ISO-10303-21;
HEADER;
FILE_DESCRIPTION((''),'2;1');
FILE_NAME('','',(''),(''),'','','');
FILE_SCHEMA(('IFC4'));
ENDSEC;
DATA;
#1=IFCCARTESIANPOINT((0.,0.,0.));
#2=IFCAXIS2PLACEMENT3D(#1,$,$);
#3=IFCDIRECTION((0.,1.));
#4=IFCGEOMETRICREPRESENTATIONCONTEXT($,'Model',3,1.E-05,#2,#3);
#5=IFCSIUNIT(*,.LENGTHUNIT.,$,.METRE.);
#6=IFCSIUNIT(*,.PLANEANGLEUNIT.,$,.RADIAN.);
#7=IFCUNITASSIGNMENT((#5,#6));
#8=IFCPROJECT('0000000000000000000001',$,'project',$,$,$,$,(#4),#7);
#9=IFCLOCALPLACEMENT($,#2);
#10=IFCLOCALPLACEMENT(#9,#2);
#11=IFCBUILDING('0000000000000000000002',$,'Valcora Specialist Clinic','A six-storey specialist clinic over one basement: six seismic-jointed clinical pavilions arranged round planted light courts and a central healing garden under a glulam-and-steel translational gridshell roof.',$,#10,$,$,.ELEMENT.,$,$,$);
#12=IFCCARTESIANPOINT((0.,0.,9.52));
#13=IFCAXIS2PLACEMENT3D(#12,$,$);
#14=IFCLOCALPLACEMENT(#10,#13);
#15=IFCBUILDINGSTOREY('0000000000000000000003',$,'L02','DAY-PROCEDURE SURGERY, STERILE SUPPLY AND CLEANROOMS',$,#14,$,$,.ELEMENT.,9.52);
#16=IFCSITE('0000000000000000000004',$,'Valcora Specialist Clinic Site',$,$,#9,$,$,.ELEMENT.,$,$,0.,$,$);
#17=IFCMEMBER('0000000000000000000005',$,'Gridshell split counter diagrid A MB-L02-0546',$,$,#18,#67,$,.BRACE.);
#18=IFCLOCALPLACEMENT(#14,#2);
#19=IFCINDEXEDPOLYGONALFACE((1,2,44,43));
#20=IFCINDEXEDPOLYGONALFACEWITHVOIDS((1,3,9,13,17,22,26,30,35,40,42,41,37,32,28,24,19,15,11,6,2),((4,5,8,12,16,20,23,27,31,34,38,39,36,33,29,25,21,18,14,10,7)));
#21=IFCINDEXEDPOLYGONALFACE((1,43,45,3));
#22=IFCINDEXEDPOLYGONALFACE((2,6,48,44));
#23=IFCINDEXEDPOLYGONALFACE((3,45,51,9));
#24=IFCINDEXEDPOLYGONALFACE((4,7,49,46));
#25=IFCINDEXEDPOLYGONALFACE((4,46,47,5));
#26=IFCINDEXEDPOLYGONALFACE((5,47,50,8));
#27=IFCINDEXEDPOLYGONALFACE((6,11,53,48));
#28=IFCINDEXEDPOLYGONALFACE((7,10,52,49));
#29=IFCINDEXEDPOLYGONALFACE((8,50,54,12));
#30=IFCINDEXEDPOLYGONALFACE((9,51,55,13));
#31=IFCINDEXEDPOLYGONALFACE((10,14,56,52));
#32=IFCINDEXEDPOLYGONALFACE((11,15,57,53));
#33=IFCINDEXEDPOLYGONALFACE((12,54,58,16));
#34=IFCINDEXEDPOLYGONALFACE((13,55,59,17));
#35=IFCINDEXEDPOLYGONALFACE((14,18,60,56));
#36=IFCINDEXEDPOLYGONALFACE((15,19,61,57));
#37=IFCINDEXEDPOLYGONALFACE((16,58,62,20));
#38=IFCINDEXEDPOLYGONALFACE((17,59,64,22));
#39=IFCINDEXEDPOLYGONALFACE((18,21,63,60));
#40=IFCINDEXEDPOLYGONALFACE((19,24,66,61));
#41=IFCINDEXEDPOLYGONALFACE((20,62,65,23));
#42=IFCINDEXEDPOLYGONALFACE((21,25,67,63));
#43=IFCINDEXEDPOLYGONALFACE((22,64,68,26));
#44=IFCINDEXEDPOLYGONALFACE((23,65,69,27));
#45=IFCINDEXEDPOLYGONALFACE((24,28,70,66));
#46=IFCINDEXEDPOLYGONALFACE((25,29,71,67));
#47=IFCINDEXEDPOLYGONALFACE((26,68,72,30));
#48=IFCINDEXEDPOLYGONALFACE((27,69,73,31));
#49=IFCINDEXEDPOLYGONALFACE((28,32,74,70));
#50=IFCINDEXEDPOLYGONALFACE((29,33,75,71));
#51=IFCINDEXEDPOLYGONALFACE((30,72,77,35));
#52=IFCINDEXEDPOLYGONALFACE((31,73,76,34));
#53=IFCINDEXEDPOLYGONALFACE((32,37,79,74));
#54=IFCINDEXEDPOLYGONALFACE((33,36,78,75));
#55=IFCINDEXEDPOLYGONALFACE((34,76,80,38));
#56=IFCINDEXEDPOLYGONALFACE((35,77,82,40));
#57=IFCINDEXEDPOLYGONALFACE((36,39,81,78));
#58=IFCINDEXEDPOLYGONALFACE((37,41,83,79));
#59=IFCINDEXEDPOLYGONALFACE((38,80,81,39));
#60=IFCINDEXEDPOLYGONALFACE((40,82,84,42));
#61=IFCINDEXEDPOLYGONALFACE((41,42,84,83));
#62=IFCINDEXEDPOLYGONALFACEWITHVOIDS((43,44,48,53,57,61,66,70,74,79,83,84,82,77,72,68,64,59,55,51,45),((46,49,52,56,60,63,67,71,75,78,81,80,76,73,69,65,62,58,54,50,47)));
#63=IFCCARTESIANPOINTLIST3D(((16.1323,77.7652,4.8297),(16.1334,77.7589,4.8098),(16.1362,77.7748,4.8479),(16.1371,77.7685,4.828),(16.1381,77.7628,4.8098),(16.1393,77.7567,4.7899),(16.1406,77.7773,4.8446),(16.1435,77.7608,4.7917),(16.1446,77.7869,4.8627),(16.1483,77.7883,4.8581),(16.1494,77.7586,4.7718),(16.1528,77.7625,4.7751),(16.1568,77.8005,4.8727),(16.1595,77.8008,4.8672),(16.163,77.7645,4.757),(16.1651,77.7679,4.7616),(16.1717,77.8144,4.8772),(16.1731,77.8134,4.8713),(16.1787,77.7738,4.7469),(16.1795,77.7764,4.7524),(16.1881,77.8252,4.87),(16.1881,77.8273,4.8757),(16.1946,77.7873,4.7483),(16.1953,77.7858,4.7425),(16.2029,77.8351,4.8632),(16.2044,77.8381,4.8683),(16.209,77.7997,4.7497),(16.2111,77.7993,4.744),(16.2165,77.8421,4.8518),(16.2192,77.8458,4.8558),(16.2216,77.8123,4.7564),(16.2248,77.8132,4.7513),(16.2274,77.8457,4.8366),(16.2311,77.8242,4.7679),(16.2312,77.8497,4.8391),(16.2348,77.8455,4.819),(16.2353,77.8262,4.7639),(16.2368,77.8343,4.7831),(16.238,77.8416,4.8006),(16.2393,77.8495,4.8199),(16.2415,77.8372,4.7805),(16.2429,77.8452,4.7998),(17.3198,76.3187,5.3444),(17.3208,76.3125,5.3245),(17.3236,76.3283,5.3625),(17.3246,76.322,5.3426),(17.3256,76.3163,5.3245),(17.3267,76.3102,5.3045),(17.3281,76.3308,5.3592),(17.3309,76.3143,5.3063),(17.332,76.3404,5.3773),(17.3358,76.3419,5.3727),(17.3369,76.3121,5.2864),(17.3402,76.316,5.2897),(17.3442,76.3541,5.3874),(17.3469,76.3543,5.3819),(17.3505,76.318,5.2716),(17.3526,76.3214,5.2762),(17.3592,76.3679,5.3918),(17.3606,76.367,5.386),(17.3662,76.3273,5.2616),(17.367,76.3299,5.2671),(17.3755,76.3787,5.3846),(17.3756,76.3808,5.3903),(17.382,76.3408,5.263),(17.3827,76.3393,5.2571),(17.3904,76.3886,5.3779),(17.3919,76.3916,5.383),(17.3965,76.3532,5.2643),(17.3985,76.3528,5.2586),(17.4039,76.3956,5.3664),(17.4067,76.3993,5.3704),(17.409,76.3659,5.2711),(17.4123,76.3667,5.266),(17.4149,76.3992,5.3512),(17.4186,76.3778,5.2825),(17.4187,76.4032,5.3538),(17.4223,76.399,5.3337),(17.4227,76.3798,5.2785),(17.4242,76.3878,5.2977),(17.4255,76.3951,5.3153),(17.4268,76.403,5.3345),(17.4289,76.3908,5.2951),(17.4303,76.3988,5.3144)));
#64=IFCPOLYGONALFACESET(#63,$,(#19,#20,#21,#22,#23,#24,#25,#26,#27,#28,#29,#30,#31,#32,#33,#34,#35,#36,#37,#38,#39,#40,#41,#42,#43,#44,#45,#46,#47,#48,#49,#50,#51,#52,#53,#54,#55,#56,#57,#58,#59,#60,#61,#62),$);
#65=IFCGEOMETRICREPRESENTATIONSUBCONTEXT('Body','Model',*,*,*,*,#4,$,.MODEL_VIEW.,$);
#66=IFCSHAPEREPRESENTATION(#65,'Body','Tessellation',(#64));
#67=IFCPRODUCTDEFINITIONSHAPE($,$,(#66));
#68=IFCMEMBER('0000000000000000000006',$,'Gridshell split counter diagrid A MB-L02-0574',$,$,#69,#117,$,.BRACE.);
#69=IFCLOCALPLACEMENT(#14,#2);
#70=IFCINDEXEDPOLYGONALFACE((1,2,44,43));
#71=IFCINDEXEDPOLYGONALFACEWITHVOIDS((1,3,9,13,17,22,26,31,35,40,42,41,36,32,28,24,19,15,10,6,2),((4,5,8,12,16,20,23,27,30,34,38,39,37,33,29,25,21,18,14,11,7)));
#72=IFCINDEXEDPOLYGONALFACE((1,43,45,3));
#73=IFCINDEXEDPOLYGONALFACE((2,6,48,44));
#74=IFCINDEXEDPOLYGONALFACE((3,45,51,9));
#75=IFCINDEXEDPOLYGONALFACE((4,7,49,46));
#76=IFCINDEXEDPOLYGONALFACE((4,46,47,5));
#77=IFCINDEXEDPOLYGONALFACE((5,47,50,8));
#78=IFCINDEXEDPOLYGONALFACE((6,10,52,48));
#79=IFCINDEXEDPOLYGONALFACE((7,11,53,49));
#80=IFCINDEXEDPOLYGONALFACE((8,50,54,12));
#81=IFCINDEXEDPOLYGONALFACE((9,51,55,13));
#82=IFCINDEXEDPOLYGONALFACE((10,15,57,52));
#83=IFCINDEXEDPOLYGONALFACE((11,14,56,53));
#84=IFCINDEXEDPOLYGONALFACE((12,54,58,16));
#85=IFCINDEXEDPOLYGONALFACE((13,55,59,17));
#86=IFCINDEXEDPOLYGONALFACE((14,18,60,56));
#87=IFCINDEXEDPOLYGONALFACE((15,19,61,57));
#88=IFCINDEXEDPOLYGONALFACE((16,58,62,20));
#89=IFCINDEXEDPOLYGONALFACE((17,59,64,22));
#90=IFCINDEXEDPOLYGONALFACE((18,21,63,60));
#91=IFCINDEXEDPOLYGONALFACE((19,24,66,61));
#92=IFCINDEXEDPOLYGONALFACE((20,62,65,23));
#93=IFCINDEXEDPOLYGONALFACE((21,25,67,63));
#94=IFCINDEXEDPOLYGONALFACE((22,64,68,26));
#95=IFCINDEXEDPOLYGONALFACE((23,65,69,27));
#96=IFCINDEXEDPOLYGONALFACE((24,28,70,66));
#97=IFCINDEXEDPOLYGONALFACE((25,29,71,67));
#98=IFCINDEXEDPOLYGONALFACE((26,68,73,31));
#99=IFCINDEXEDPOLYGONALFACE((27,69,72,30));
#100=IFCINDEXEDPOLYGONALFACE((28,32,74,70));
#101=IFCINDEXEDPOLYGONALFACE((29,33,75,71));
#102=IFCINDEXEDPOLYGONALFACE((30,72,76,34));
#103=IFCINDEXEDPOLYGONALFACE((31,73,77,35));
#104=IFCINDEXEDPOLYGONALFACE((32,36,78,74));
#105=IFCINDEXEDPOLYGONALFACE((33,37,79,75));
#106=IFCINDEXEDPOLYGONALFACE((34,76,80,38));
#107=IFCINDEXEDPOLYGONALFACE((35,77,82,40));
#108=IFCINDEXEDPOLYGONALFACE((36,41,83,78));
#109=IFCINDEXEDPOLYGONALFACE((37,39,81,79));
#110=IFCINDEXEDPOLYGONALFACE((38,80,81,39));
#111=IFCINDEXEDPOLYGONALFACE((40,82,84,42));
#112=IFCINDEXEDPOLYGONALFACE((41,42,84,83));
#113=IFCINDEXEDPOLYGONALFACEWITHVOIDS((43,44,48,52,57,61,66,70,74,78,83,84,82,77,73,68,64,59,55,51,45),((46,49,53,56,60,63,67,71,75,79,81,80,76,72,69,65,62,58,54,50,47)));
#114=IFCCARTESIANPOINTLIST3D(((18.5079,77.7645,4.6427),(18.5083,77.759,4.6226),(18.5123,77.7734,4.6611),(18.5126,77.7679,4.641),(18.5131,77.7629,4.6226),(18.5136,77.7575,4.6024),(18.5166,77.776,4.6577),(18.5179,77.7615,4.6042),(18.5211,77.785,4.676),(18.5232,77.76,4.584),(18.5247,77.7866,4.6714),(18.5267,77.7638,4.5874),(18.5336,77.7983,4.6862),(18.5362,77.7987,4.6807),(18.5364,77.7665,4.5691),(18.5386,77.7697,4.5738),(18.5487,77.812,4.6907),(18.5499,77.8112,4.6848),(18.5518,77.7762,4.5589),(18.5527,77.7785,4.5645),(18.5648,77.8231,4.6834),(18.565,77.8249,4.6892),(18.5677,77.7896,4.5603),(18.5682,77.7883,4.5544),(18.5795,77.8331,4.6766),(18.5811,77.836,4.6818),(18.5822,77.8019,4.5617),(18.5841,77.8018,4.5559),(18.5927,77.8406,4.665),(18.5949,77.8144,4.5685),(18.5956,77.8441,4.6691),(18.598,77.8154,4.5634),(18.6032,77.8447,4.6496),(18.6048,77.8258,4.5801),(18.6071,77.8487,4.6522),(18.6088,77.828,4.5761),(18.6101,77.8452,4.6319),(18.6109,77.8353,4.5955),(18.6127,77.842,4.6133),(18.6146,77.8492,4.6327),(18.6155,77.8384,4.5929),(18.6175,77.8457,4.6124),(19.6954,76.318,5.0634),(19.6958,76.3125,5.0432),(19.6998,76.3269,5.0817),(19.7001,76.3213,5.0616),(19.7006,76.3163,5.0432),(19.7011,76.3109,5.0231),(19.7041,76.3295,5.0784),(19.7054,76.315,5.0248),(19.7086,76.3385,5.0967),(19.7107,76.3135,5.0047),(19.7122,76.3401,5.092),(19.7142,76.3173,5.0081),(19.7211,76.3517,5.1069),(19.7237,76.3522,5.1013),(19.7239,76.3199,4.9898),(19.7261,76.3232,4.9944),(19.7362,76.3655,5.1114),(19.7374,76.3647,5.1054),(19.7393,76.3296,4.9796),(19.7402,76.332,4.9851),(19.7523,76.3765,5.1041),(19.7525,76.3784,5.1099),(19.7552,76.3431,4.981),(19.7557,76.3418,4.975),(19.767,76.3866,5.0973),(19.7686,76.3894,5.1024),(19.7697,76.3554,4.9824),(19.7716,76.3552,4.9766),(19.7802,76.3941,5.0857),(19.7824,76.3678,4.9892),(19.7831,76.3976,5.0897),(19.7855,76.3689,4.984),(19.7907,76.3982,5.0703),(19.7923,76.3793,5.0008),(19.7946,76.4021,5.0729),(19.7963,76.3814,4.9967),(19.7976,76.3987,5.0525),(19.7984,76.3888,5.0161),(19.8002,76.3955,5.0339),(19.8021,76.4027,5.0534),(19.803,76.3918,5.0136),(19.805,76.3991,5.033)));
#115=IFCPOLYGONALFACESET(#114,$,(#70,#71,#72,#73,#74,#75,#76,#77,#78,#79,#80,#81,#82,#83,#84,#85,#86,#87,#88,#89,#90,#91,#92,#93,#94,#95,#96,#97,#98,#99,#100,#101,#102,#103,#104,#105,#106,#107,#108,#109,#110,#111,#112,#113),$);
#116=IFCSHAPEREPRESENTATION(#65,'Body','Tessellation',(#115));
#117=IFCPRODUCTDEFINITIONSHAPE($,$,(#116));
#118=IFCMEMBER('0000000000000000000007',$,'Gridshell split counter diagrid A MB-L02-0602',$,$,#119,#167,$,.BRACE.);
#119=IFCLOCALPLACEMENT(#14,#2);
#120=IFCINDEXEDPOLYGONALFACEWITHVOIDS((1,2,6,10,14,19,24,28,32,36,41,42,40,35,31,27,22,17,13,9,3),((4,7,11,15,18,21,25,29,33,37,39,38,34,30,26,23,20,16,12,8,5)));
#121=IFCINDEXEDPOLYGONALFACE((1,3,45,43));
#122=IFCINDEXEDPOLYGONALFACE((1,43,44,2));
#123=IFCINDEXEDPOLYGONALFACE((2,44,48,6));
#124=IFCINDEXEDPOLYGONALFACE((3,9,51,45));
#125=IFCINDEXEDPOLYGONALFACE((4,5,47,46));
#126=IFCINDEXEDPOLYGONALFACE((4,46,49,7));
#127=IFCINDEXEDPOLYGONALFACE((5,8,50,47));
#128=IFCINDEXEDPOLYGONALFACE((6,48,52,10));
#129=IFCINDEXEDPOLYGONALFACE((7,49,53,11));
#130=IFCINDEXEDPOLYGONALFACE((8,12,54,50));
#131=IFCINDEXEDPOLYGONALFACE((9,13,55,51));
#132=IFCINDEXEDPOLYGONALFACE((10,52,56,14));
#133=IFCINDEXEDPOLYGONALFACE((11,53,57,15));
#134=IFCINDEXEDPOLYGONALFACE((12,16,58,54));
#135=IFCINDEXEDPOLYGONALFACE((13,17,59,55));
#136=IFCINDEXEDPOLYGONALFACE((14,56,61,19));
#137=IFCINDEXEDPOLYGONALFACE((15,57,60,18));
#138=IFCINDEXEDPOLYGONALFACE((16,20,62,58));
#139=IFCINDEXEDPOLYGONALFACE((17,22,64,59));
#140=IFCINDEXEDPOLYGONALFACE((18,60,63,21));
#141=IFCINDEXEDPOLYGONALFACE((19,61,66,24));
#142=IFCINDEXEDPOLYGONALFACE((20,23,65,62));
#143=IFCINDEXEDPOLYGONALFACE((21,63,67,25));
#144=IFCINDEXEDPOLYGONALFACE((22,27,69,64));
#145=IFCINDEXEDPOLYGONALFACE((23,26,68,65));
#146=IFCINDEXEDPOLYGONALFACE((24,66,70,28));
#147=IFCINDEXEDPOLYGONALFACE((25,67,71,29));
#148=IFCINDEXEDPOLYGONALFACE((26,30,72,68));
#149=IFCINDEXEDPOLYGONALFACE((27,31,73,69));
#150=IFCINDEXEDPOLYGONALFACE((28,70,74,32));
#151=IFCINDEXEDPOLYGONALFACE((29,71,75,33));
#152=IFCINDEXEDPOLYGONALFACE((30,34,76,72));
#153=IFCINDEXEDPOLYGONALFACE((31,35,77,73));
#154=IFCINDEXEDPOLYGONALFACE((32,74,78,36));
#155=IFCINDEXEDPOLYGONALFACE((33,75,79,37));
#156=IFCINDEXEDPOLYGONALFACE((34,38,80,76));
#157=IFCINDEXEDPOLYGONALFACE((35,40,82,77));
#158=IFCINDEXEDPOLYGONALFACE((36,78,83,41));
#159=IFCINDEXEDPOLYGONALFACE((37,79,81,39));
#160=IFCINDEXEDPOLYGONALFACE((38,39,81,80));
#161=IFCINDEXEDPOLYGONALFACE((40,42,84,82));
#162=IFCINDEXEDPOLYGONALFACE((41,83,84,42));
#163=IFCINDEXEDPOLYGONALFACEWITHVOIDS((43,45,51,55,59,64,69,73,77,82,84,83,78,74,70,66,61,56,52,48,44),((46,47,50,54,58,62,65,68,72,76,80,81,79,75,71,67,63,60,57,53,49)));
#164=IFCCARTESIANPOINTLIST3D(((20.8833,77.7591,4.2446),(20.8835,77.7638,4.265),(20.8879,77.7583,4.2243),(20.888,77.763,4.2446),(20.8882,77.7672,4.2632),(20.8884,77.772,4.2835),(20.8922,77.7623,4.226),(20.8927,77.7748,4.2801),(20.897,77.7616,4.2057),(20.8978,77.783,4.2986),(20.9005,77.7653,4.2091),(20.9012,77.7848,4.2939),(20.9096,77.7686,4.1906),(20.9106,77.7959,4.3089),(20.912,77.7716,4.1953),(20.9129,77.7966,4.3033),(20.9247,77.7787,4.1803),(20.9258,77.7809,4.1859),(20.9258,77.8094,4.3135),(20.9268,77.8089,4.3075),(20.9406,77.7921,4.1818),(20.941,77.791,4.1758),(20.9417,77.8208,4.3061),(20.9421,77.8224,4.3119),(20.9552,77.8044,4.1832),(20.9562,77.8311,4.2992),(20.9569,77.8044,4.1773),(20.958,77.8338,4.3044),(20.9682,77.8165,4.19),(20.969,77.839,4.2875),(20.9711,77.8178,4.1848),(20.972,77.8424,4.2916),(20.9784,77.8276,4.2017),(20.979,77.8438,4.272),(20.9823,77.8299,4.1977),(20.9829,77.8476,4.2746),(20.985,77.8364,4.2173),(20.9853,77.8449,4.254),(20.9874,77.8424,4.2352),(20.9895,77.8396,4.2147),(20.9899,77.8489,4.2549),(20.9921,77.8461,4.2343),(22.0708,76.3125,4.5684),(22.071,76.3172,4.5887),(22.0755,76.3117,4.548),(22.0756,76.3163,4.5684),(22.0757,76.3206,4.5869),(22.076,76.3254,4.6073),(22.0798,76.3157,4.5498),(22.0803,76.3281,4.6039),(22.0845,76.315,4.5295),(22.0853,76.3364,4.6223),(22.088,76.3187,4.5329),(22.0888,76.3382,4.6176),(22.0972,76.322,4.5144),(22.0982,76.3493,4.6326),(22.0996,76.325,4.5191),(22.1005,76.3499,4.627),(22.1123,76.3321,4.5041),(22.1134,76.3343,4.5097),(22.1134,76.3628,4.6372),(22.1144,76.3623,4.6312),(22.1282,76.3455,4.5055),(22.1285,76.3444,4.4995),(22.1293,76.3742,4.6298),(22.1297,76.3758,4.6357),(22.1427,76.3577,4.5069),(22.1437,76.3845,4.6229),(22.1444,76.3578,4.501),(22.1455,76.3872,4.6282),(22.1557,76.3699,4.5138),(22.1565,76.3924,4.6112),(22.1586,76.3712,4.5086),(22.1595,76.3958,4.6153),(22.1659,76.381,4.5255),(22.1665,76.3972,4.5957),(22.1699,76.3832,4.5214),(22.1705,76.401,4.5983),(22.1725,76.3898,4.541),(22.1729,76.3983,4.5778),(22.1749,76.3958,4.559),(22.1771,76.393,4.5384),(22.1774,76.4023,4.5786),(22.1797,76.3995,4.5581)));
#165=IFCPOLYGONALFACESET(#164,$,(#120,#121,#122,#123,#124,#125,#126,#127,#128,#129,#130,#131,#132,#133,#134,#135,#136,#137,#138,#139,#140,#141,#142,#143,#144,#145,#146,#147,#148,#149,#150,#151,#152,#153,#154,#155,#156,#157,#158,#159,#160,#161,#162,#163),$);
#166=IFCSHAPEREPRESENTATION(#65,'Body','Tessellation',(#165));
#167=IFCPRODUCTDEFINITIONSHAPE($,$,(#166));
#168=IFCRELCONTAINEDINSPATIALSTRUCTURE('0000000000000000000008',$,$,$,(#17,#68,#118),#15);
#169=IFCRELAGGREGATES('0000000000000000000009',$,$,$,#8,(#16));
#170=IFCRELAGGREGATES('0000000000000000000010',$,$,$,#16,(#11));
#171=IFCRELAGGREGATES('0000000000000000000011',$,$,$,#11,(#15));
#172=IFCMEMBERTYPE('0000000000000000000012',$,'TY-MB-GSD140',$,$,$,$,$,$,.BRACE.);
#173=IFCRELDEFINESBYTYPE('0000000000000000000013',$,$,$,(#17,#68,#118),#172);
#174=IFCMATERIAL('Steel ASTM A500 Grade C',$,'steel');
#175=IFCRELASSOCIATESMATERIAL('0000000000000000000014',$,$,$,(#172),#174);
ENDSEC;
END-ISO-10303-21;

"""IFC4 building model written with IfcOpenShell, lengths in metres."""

from ifc_helpers import new_model, si_unit, direction, frame, origin, origin_2d, place, context, subcontext, project, spatial, hollow_circle, extrude, material, material_profile, profile_set, type_object, element, save


model = new_model("IFC4")

# Units and contexts
model_context = context("Model", 3, precision=1e-05, world=origin(), true_north=direction((0.0, 1.0)))
body_context = subcontext(model_context, "Body", "Model", "MODEL_VIEW")
ifc_project = project(units=[si_unit("LENGTHUNIT", "METRE"), si_unit("PLANEANGLEUNIT", "RADIAN")], contexts=[model_context])

# Site, building, storey
site_placement = place(None, origin())
site = spatial("IfcSite", under=ifc_project, at=site_placement, Name="Valcora Specialist Clinic Site", CompositionType="ELEMENT", RefElevation=0.0)
building_placement = place(site_placement, origin())
building = spatial("IfcBuilding", under=site, at=building_placement, Name="Valcora Specialist Clinic", Description="A six-storey specialist clinic over one basement: six seismic-jointed clinical pavilions arranged round planted light courts and a central healing garden under a glulam-and-steel translational gridshell roof.", CompositionType="ELEMENT")
storey_placement = place(building_placement, frame((0.0, 0.0, 9.52)))
storey = spatial("IfcBuildingStorey", under=building, at=storey_placement, Name="L02", Description="DAY-PROCEDURE SURGERY, STERILE SUPPLY AND CLEANROOMS", CompositionType="ELEMENT", Elevation=9.52)

# Members
ifc_material_1 = material(Name="Steel ASTM A500 Grade C", Category="steel")
ifc_material_profile_1 = material_profile(ifc_material_1, hollow_circle(Radius=0.0701, WallThickness=0.0061, at=origin_2d()), Name="ST-CHS-140X6")
ifc_profile_set_1 = profile_set([ifc_material_profile_1], Name="Steel ASTM A500 Grade C")
member_type_1 = type_object("IfcMemberType", Name="TY-MB-GSD140", PredefinedType="BRACE", material=ifc_profile_set_1)
member_1_placement = place(storey_placement, frame((17.375, 76.3569, 5.3245), z_axis=(-0.611798, 0.745252, -0.265146), x_axis=(-0.772916, -0.634508, 0.0)))
element("IfcMember", 1, at=member_1_placement, inside=storey, type_object=member_type_1, Name="Gridshell split counter diagrid A MB-L02-0546", PredefinedType="BRACE", context=body_context, shape_type="SweptSolid", body=[
    extrude(hollow_circle(Radius=0.0701, WallThickness=0.0061, at=origin_2d()), origin(), (0.0, 0.0, 1.0), 1.9409),
])
member_2_placement = place(storey_placement, frame((19.75, 76.3569, 5.0432), z_axis=(-0.619064, 0.754102, -0.219294), x_axis=(-0.772916, -0.634508, 0.0)))
element("IfcMember", 2, at=member_2_placement, inside=storey, type_object=member_type_1, Name="Gridshell split counter diagrid A MB-L02-0574", PredefinedType="BRACE", context=body_context, shape_type="SweptSolid", body=[
    extrude(hollow_circle(Radius=0.0701, WallThickness=0.0061, at=origin_2d()), origin(), (0.0, 0.0, 1.0), 1.9182),
])
member_3_placement = place(storey_placement, frame((22.125, 76.3569, 4.5684), z_axis=(-0.625224, 0.761606, -0.170445), x_axis=(-0.772916, -0.634508, 0.0)))
element("IfcMember", 3, at=member_3_placement, inside=storey, type_object=member_type_1, Name="Gridshell split counter diagrid A MB-L02-0602", PredefinedType="BRACE", context=body_context, shape_type="SweptSolid", body=[
    extrude(hollow_circle(Radius=0.0701, WallThickness=0.0061, at=origin_2d()), origin(), (0.0, 0.0, 1.0), 1.8994),
])

save(model, "model.ifc")
